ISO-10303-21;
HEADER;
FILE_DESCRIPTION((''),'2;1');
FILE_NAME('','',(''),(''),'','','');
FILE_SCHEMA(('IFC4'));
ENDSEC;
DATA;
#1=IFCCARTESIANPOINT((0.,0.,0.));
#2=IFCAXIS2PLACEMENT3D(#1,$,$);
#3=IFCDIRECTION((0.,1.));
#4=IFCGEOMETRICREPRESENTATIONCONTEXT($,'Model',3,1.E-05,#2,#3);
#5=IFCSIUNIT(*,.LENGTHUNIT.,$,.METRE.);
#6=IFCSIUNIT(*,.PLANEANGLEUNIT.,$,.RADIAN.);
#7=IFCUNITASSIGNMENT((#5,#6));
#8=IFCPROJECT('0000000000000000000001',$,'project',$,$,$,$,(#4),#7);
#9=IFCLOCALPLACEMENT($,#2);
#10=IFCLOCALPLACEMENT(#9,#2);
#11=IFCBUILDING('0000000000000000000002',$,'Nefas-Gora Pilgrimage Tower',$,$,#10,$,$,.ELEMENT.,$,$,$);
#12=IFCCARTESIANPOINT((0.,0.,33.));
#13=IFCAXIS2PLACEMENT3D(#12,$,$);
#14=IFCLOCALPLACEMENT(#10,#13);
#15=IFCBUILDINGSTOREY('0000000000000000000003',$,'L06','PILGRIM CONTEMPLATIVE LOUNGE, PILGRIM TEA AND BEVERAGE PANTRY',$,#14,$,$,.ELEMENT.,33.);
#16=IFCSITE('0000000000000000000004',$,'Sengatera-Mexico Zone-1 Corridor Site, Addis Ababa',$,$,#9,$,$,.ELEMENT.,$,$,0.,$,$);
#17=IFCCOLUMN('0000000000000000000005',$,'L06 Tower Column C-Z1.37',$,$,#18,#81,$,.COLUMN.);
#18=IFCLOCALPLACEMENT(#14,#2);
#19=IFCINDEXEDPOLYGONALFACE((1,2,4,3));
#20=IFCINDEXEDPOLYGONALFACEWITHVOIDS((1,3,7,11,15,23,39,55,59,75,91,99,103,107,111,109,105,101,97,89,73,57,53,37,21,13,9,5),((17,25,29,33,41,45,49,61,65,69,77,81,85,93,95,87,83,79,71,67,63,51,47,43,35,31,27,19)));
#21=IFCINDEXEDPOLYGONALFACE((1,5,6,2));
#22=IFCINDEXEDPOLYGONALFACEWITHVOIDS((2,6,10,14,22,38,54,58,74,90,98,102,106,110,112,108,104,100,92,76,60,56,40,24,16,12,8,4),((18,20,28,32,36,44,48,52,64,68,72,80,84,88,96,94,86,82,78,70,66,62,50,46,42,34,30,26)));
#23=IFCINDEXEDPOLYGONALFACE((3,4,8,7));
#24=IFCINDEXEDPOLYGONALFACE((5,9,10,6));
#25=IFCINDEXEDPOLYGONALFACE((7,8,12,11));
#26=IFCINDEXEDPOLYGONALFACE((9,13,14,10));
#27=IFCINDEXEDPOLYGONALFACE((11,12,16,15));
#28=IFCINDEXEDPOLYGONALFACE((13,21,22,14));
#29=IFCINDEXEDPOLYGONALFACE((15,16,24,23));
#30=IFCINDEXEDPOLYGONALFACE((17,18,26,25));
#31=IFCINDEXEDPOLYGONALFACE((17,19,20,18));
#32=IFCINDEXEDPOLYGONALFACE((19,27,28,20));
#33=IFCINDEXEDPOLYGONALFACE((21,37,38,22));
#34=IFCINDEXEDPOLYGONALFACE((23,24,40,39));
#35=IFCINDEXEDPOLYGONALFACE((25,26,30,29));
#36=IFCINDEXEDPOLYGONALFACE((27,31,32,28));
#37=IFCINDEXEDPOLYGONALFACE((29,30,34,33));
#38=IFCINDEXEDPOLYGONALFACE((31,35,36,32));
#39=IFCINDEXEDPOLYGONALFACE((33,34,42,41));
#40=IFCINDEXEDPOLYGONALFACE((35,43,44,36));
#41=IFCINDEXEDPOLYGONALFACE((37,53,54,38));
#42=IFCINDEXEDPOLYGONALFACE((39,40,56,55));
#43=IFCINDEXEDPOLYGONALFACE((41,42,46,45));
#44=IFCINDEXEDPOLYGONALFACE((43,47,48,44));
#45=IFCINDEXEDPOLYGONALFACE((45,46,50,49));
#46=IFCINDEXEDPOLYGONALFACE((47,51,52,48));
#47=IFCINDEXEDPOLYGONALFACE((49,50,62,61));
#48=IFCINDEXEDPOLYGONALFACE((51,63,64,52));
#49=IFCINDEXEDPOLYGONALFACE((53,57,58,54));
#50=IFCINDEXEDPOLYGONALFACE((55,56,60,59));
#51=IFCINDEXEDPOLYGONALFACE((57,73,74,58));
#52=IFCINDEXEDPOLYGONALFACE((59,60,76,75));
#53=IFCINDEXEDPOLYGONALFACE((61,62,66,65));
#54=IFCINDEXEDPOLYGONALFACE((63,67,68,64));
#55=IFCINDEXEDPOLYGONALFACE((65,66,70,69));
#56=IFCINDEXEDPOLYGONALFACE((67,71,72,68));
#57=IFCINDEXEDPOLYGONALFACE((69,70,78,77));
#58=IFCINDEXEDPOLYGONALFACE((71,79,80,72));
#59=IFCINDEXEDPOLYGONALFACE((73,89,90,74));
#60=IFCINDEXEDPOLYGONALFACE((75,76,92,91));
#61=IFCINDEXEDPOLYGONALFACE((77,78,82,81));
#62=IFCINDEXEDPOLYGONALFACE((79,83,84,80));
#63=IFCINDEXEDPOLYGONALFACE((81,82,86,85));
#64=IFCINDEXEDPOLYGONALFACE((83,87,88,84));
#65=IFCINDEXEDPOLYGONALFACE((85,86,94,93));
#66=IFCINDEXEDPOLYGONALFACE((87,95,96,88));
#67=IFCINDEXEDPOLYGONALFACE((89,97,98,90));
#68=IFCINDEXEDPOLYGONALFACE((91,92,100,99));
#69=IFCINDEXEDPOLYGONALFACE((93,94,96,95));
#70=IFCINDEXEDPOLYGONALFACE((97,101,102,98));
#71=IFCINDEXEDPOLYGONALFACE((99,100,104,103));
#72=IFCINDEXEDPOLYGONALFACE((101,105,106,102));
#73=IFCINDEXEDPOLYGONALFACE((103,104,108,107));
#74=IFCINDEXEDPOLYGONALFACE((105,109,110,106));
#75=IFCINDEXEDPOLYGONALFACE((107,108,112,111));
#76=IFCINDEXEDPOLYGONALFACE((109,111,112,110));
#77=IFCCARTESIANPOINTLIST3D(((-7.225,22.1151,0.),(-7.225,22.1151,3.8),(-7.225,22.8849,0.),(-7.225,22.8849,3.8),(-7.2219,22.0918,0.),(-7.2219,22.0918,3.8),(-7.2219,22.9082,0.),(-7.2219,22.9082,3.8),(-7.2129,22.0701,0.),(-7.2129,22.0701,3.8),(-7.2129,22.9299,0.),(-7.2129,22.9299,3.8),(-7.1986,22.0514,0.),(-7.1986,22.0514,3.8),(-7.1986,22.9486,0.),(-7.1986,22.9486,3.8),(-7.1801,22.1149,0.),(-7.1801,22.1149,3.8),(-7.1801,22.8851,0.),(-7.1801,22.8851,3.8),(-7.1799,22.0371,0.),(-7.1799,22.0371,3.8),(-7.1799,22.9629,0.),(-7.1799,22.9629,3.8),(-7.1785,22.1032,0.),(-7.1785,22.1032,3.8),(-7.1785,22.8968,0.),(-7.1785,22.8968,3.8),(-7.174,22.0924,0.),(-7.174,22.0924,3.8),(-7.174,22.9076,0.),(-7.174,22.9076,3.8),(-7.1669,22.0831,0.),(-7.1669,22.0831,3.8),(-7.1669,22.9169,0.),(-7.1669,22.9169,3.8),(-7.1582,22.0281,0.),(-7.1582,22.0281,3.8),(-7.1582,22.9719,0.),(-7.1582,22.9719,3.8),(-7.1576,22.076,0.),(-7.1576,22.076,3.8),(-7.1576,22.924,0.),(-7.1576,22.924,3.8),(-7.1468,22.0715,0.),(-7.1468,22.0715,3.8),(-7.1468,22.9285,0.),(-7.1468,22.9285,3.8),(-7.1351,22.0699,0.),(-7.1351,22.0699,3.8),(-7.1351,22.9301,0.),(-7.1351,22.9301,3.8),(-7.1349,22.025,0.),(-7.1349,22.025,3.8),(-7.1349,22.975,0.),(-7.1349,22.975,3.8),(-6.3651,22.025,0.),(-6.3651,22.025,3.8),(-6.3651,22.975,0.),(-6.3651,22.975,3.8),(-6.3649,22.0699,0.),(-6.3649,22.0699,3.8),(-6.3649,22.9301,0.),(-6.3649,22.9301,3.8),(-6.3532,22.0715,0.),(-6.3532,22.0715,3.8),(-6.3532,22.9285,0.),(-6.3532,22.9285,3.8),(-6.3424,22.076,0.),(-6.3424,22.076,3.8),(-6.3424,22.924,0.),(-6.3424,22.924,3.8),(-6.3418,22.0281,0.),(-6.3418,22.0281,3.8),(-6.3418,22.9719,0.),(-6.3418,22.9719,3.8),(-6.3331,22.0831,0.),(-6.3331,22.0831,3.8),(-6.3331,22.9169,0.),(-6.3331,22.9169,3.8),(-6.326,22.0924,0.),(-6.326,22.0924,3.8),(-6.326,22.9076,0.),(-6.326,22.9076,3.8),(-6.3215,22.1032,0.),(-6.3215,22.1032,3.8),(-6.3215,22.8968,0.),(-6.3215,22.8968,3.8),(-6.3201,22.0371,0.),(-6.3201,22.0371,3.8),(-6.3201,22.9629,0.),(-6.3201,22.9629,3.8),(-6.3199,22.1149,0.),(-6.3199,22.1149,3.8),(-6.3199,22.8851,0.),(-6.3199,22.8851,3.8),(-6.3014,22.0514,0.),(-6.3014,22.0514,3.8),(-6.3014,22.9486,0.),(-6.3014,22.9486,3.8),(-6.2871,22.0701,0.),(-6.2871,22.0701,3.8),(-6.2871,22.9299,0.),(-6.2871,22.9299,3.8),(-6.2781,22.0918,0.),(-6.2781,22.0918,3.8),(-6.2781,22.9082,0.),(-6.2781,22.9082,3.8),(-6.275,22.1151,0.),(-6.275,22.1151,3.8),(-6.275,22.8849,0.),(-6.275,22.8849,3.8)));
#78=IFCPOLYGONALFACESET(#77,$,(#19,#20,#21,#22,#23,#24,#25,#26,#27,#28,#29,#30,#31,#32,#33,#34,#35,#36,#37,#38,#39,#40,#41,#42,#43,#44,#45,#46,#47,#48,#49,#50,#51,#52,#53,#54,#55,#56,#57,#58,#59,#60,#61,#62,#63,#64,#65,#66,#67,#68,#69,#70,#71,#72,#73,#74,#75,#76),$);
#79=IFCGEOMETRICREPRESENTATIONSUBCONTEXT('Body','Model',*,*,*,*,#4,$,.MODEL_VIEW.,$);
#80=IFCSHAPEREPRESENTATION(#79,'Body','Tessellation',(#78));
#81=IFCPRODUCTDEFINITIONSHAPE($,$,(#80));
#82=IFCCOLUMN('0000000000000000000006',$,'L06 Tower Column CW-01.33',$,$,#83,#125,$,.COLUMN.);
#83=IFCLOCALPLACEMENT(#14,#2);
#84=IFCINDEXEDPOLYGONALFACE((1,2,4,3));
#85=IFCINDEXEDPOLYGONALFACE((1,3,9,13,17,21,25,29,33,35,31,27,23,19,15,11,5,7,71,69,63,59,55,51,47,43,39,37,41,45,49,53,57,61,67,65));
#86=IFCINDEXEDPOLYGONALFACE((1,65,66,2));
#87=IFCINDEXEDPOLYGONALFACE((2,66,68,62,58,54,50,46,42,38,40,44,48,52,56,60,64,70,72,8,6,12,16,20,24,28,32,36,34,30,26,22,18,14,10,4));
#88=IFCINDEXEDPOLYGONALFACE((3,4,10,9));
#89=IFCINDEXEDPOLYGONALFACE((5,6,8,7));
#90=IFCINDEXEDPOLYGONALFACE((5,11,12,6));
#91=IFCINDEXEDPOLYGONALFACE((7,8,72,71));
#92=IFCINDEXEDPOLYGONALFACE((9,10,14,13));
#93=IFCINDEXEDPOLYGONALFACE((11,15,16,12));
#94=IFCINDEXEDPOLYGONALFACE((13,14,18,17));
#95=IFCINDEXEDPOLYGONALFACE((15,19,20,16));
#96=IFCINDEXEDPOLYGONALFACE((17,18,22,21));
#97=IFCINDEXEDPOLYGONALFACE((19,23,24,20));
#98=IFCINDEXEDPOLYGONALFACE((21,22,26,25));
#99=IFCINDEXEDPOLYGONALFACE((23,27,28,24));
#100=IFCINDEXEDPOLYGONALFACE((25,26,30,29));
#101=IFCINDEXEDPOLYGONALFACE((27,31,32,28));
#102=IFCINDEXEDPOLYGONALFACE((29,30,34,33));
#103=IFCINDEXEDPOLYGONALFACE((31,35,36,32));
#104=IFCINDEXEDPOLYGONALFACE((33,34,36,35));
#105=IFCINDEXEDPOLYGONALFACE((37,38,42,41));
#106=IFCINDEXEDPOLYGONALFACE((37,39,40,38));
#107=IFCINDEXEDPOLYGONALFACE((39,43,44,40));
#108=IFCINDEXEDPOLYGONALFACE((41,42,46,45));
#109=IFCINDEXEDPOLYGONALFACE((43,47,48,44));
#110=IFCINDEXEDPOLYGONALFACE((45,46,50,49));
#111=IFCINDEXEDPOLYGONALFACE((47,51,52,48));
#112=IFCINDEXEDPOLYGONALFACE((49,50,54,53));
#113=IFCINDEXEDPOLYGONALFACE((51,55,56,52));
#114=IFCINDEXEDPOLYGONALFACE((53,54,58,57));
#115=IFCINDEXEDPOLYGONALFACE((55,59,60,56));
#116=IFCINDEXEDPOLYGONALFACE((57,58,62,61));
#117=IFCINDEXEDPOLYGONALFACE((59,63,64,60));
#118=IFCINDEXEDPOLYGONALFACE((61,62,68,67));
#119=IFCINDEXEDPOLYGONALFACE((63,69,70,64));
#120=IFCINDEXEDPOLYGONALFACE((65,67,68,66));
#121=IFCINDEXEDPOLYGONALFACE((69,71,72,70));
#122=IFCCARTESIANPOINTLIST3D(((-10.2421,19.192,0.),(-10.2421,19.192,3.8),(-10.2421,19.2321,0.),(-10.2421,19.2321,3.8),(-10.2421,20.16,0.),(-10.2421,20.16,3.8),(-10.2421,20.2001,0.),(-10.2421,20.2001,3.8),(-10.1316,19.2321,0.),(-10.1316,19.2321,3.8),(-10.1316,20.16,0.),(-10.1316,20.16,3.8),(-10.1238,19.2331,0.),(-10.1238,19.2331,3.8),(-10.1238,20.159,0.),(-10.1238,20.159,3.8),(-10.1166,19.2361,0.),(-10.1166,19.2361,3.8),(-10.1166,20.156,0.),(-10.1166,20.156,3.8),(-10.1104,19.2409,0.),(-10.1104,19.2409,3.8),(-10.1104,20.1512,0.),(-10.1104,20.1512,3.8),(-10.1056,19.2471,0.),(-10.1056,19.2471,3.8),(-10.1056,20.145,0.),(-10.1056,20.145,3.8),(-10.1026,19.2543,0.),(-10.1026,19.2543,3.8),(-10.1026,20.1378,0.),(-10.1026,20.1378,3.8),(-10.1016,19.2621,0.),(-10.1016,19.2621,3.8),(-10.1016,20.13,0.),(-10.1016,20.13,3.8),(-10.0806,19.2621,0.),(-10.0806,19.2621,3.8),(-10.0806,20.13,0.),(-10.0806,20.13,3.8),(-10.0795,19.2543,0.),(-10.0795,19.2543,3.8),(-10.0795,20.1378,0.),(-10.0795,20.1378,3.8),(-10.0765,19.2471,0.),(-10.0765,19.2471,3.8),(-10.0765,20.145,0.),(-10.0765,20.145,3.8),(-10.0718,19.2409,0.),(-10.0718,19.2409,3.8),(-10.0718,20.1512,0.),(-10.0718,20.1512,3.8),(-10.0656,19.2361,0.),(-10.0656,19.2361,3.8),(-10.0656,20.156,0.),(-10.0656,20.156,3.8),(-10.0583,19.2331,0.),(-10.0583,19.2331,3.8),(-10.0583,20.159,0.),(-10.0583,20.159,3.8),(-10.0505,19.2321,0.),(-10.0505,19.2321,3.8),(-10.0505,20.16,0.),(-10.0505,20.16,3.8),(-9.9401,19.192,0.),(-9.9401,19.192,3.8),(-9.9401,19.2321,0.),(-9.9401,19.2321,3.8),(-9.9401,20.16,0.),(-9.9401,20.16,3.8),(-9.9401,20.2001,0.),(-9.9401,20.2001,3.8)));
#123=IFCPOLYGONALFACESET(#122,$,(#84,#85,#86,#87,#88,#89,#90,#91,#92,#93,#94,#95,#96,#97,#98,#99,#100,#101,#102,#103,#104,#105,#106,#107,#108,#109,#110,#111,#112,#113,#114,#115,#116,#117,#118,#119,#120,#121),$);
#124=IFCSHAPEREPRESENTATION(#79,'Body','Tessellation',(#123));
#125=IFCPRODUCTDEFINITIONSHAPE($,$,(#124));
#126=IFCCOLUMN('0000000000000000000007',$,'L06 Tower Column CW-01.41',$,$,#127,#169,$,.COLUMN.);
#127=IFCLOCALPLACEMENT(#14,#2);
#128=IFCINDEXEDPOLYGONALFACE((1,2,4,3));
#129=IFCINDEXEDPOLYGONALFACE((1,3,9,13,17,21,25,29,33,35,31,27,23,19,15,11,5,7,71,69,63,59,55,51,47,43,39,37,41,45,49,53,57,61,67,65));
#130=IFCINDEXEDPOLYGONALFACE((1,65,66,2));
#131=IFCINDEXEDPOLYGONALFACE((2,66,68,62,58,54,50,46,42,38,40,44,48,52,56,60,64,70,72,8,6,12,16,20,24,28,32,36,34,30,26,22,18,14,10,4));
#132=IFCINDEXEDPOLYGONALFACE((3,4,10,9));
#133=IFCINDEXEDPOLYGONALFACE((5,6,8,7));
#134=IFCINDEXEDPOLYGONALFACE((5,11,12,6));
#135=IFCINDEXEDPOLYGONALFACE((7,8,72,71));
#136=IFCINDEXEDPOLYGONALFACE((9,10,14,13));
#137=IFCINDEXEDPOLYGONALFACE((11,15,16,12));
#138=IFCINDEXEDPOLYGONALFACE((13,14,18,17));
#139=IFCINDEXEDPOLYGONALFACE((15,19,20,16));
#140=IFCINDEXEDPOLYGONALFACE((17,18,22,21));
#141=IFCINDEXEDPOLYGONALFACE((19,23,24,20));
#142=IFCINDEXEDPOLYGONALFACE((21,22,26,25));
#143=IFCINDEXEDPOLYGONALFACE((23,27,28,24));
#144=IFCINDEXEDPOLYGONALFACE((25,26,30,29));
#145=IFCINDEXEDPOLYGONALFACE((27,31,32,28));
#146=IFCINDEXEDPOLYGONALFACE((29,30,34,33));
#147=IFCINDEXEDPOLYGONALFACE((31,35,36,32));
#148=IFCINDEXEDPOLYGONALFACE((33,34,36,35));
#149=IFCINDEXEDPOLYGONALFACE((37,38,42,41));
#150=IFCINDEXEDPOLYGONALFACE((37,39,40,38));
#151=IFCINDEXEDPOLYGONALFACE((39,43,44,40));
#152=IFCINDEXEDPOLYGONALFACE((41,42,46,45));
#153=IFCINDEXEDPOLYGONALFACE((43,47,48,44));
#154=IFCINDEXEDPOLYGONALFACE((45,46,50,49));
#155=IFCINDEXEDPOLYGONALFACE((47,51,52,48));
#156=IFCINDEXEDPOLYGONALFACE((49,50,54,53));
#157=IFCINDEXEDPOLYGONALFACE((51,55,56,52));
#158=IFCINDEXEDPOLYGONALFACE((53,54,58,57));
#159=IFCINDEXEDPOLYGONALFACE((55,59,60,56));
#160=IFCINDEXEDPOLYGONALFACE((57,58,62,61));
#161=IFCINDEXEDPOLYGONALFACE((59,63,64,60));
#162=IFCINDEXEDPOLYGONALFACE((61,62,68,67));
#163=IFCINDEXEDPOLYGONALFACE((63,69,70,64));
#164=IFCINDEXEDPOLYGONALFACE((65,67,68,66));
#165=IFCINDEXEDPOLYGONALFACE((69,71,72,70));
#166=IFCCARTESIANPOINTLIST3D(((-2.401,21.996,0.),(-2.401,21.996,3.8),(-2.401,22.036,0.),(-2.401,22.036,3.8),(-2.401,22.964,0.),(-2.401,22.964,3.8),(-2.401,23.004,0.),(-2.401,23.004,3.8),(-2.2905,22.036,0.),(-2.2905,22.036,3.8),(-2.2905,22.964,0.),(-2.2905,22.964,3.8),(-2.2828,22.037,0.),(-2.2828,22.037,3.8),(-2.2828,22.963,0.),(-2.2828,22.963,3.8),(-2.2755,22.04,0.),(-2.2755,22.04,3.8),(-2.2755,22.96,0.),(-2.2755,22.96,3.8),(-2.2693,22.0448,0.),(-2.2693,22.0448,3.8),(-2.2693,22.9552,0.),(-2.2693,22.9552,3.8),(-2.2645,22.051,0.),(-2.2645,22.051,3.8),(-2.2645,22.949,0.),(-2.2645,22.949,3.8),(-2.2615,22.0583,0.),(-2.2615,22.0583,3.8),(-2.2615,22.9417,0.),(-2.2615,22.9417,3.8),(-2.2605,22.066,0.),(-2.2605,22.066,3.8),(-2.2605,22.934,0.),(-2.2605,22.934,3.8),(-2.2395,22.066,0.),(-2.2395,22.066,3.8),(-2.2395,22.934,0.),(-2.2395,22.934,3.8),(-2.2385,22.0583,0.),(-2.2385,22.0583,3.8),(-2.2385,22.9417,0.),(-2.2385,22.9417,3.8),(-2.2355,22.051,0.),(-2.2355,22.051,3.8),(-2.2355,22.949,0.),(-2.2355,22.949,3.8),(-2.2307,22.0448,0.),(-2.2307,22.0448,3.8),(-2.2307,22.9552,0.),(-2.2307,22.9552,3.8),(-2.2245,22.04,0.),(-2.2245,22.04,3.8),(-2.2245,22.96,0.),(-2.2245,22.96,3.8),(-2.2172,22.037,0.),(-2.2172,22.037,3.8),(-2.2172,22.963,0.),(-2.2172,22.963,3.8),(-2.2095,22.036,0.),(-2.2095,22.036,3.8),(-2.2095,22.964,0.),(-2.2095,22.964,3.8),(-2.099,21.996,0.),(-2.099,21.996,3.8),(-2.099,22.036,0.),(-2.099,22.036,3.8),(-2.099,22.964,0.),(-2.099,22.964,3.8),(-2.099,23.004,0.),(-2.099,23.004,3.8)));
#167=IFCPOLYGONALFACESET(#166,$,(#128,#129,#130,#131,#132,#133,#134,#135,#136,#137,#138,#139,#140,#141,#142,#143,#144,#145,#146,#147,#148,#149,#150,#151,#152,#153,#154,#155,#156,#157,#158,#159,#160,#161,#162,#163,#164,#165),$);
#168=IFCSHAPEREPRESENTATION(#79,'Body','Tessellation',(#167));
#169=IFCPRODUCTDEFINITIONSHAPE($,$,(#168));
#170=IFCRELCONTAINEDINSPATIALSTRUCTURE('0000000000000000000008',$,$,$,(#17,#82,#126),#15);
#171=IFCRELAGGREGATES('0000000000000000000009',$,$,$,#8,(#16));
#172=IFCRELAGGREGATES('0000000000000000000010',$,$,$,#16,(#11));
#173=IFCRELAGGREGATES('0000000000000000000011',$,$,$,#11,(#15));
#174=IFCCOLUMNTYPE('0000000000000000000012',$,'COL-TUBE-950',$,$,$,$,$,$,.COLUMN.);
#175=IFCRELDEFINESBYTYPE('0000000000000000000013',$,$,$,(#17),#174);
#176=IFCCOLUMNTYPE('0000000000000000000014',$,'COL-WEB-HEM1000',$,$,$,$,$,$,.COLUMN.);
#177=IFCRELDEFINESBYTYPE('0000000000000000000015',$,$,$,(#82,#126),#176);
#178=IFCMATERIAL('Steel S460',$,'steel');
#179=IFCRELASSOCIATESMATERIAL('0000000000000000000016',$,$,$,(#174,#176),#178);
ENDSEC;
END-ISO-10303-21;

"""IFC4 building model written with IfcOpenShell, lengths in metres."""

from ifc_helpers import new_model, si_unit, direction, frame, origin, origin_2d, place, context, subcontext, project, spatial, hollow_rectangle, i_section, extrude, source, transform, mapped, material, material_profile, profile_set, type_object, element, save


model = new_model("IFC4")

# Units and contexts
model_context = context("Model", 3, precision=1e-05, world=origin(), true_north=direction((0.0, 1.0)))
body_context = subcontext(model_context, "Body", "Model", "MODEL_VIEW")
ifc_project = project(units=[si_unit("LENGTHUNIT", "METRE"), si_unit("PLANEANGLEUNIT", "RADIAN")], contexts=[model_context])

# Site, building, storey
site_placement = place(None, origin())
site = spatial("IfcSite", under=ifc_project, at=site_placement, Name="Sengatera-Mexico Zone-1 Corridor Site, Addis Ababa", CompositionType="ELEMENT", RefElevation=0.0)
building_placement = place(site_placement, origin())
building = spatial("IfcBuilding", under=site, at=building_placement, Name="Nefas-Gora Pilgrimage Tower", CompositionType="ELEMENT")
storey_placement = place(building_placement, frame((0.0, 0.0, 33.0)))
storey = spatial("IfcBuildingStorey", under=building, at=storey_placement, Name="L06", Description="PILGRIM CONTEMPLATIVE LOUNGE, PILGRIM TEA AND BEVERAGE PANTRY", CompositionType="ELEMENT", Elevation=33.0)

# Columns
ifc_material_1 = material(Name="Steel S460", Category="steel")
ifc_material_profile_1 = material_profile(ifc_material_1, hollow_rectangle(XDim=0.95, YDim=0.95, WallThickness=0.0449, InnerFilletRadius=0.0449, OuterFilletRadius=0.0901, at=origin_2d()), Name="BOX 950x950x45")
ifc_profile_set_1 = profile_set([ifc_material_profile_1], Name="Steel S460")
column_type_1 = type_object("IfcColumnType", Name="COL-TUBE-950", PredefinedType="COLUMN", material=ifc_profile_set_1)
shared_shape_1 = source(origin(), body_context, "Body", "SweptSolid", [
    extrude(hollow_rectangle(XDim=0.95, YDim=0.95, WallThickness=0.0449, InnerFilletRadius=0.0449, OuterFilletRadius=0.0901, at=origin_2d()), origin(), (0.0, 0.0, 1.0), 3.8),
])
column_placement = place(storey_placement, frame((-6.75, 22.5, 0.0), z_axis=(0.0, 0.0, 1.0), x_axis=(1.0, 0.0, 0.0)))
element("IfcColumn", 1, at=column_placement, inside=storey, type_object=column_type_1, Name="L06 Tower Column C-Z1.37", PredefinedType="COLUMN", context=body_context, shape_type="MappedRepresentation", body=[
    mapped(shared_shape_1, transform((0.0, 0.0, 0.0), x_axis=(1.0, 0.0, 0.0), y_axis=(0.0, 1.0, 0.0), z_axis=(0.0, 0.0, 1.0), scale=1.0)),
])
ifc_material_profile_2 = material_profile(ifc_material_1, i_section(OverallWidth=0.302, OverallDepth=1.0081, WebThickness=0.021, FlangeThickness=0.04, FilletRadius=0.03, at=origin_2d()), Name="HEM 1000")
ifc_profile_set_2 = profile_set([ifc_material_profile_2], Name="Steel S460")
column_type_2 = type_object("IfcColumnType", Name="COL-WEB-HEM1000", PredefinedType="COLUMN", material=ifc_profile_set_2)
shared_shape_2 = source(origin(), body_context, "Body", "SweptSolid", [
    extrude(i_section(OverallWidth=0.302, OverallDepth=1.0081, WebThickness=0.021, FlangeThickness=0.04, FilletRadius=0.03, at=origin_2d()), origin(), (0.0, 0.0, 1.0), 3.8),
])
for number, where, z_axis, x_axis, name in (
    (2, (-10.0911, 19.696, 0.0), (0.0, 0.0, 1.0), (1.0, 0.0, 0.0), "L06 Tower Column CW-01.33"),
    (3, (-2.25, 22.5, 0.0), (0.0, 0.0, 1.0), (1.0, 0.0, 0.0), "L06 Tower Column CW-01.41"),
):
    element("IfcColumn", number, at=place(storey_placement, frame(where, z_axis=z_axis, x_axis=x_axis)), inside=storey, type_object=column_type_2, Name=name, PredefinedType="COLUMN", context=body_context, shape_type="MappedRepresentation", body=[
        mapped(shared_shape_2, transform((0.0, 0.0, 0.0), x_axis=(1.0, 0.0, 0.0), y_axis=(0.0, 1.0, 0.0), z_axis=(0.0, 0.0, 1.0), scale=1.0)),
    ])

save(model, "model.ifc")
